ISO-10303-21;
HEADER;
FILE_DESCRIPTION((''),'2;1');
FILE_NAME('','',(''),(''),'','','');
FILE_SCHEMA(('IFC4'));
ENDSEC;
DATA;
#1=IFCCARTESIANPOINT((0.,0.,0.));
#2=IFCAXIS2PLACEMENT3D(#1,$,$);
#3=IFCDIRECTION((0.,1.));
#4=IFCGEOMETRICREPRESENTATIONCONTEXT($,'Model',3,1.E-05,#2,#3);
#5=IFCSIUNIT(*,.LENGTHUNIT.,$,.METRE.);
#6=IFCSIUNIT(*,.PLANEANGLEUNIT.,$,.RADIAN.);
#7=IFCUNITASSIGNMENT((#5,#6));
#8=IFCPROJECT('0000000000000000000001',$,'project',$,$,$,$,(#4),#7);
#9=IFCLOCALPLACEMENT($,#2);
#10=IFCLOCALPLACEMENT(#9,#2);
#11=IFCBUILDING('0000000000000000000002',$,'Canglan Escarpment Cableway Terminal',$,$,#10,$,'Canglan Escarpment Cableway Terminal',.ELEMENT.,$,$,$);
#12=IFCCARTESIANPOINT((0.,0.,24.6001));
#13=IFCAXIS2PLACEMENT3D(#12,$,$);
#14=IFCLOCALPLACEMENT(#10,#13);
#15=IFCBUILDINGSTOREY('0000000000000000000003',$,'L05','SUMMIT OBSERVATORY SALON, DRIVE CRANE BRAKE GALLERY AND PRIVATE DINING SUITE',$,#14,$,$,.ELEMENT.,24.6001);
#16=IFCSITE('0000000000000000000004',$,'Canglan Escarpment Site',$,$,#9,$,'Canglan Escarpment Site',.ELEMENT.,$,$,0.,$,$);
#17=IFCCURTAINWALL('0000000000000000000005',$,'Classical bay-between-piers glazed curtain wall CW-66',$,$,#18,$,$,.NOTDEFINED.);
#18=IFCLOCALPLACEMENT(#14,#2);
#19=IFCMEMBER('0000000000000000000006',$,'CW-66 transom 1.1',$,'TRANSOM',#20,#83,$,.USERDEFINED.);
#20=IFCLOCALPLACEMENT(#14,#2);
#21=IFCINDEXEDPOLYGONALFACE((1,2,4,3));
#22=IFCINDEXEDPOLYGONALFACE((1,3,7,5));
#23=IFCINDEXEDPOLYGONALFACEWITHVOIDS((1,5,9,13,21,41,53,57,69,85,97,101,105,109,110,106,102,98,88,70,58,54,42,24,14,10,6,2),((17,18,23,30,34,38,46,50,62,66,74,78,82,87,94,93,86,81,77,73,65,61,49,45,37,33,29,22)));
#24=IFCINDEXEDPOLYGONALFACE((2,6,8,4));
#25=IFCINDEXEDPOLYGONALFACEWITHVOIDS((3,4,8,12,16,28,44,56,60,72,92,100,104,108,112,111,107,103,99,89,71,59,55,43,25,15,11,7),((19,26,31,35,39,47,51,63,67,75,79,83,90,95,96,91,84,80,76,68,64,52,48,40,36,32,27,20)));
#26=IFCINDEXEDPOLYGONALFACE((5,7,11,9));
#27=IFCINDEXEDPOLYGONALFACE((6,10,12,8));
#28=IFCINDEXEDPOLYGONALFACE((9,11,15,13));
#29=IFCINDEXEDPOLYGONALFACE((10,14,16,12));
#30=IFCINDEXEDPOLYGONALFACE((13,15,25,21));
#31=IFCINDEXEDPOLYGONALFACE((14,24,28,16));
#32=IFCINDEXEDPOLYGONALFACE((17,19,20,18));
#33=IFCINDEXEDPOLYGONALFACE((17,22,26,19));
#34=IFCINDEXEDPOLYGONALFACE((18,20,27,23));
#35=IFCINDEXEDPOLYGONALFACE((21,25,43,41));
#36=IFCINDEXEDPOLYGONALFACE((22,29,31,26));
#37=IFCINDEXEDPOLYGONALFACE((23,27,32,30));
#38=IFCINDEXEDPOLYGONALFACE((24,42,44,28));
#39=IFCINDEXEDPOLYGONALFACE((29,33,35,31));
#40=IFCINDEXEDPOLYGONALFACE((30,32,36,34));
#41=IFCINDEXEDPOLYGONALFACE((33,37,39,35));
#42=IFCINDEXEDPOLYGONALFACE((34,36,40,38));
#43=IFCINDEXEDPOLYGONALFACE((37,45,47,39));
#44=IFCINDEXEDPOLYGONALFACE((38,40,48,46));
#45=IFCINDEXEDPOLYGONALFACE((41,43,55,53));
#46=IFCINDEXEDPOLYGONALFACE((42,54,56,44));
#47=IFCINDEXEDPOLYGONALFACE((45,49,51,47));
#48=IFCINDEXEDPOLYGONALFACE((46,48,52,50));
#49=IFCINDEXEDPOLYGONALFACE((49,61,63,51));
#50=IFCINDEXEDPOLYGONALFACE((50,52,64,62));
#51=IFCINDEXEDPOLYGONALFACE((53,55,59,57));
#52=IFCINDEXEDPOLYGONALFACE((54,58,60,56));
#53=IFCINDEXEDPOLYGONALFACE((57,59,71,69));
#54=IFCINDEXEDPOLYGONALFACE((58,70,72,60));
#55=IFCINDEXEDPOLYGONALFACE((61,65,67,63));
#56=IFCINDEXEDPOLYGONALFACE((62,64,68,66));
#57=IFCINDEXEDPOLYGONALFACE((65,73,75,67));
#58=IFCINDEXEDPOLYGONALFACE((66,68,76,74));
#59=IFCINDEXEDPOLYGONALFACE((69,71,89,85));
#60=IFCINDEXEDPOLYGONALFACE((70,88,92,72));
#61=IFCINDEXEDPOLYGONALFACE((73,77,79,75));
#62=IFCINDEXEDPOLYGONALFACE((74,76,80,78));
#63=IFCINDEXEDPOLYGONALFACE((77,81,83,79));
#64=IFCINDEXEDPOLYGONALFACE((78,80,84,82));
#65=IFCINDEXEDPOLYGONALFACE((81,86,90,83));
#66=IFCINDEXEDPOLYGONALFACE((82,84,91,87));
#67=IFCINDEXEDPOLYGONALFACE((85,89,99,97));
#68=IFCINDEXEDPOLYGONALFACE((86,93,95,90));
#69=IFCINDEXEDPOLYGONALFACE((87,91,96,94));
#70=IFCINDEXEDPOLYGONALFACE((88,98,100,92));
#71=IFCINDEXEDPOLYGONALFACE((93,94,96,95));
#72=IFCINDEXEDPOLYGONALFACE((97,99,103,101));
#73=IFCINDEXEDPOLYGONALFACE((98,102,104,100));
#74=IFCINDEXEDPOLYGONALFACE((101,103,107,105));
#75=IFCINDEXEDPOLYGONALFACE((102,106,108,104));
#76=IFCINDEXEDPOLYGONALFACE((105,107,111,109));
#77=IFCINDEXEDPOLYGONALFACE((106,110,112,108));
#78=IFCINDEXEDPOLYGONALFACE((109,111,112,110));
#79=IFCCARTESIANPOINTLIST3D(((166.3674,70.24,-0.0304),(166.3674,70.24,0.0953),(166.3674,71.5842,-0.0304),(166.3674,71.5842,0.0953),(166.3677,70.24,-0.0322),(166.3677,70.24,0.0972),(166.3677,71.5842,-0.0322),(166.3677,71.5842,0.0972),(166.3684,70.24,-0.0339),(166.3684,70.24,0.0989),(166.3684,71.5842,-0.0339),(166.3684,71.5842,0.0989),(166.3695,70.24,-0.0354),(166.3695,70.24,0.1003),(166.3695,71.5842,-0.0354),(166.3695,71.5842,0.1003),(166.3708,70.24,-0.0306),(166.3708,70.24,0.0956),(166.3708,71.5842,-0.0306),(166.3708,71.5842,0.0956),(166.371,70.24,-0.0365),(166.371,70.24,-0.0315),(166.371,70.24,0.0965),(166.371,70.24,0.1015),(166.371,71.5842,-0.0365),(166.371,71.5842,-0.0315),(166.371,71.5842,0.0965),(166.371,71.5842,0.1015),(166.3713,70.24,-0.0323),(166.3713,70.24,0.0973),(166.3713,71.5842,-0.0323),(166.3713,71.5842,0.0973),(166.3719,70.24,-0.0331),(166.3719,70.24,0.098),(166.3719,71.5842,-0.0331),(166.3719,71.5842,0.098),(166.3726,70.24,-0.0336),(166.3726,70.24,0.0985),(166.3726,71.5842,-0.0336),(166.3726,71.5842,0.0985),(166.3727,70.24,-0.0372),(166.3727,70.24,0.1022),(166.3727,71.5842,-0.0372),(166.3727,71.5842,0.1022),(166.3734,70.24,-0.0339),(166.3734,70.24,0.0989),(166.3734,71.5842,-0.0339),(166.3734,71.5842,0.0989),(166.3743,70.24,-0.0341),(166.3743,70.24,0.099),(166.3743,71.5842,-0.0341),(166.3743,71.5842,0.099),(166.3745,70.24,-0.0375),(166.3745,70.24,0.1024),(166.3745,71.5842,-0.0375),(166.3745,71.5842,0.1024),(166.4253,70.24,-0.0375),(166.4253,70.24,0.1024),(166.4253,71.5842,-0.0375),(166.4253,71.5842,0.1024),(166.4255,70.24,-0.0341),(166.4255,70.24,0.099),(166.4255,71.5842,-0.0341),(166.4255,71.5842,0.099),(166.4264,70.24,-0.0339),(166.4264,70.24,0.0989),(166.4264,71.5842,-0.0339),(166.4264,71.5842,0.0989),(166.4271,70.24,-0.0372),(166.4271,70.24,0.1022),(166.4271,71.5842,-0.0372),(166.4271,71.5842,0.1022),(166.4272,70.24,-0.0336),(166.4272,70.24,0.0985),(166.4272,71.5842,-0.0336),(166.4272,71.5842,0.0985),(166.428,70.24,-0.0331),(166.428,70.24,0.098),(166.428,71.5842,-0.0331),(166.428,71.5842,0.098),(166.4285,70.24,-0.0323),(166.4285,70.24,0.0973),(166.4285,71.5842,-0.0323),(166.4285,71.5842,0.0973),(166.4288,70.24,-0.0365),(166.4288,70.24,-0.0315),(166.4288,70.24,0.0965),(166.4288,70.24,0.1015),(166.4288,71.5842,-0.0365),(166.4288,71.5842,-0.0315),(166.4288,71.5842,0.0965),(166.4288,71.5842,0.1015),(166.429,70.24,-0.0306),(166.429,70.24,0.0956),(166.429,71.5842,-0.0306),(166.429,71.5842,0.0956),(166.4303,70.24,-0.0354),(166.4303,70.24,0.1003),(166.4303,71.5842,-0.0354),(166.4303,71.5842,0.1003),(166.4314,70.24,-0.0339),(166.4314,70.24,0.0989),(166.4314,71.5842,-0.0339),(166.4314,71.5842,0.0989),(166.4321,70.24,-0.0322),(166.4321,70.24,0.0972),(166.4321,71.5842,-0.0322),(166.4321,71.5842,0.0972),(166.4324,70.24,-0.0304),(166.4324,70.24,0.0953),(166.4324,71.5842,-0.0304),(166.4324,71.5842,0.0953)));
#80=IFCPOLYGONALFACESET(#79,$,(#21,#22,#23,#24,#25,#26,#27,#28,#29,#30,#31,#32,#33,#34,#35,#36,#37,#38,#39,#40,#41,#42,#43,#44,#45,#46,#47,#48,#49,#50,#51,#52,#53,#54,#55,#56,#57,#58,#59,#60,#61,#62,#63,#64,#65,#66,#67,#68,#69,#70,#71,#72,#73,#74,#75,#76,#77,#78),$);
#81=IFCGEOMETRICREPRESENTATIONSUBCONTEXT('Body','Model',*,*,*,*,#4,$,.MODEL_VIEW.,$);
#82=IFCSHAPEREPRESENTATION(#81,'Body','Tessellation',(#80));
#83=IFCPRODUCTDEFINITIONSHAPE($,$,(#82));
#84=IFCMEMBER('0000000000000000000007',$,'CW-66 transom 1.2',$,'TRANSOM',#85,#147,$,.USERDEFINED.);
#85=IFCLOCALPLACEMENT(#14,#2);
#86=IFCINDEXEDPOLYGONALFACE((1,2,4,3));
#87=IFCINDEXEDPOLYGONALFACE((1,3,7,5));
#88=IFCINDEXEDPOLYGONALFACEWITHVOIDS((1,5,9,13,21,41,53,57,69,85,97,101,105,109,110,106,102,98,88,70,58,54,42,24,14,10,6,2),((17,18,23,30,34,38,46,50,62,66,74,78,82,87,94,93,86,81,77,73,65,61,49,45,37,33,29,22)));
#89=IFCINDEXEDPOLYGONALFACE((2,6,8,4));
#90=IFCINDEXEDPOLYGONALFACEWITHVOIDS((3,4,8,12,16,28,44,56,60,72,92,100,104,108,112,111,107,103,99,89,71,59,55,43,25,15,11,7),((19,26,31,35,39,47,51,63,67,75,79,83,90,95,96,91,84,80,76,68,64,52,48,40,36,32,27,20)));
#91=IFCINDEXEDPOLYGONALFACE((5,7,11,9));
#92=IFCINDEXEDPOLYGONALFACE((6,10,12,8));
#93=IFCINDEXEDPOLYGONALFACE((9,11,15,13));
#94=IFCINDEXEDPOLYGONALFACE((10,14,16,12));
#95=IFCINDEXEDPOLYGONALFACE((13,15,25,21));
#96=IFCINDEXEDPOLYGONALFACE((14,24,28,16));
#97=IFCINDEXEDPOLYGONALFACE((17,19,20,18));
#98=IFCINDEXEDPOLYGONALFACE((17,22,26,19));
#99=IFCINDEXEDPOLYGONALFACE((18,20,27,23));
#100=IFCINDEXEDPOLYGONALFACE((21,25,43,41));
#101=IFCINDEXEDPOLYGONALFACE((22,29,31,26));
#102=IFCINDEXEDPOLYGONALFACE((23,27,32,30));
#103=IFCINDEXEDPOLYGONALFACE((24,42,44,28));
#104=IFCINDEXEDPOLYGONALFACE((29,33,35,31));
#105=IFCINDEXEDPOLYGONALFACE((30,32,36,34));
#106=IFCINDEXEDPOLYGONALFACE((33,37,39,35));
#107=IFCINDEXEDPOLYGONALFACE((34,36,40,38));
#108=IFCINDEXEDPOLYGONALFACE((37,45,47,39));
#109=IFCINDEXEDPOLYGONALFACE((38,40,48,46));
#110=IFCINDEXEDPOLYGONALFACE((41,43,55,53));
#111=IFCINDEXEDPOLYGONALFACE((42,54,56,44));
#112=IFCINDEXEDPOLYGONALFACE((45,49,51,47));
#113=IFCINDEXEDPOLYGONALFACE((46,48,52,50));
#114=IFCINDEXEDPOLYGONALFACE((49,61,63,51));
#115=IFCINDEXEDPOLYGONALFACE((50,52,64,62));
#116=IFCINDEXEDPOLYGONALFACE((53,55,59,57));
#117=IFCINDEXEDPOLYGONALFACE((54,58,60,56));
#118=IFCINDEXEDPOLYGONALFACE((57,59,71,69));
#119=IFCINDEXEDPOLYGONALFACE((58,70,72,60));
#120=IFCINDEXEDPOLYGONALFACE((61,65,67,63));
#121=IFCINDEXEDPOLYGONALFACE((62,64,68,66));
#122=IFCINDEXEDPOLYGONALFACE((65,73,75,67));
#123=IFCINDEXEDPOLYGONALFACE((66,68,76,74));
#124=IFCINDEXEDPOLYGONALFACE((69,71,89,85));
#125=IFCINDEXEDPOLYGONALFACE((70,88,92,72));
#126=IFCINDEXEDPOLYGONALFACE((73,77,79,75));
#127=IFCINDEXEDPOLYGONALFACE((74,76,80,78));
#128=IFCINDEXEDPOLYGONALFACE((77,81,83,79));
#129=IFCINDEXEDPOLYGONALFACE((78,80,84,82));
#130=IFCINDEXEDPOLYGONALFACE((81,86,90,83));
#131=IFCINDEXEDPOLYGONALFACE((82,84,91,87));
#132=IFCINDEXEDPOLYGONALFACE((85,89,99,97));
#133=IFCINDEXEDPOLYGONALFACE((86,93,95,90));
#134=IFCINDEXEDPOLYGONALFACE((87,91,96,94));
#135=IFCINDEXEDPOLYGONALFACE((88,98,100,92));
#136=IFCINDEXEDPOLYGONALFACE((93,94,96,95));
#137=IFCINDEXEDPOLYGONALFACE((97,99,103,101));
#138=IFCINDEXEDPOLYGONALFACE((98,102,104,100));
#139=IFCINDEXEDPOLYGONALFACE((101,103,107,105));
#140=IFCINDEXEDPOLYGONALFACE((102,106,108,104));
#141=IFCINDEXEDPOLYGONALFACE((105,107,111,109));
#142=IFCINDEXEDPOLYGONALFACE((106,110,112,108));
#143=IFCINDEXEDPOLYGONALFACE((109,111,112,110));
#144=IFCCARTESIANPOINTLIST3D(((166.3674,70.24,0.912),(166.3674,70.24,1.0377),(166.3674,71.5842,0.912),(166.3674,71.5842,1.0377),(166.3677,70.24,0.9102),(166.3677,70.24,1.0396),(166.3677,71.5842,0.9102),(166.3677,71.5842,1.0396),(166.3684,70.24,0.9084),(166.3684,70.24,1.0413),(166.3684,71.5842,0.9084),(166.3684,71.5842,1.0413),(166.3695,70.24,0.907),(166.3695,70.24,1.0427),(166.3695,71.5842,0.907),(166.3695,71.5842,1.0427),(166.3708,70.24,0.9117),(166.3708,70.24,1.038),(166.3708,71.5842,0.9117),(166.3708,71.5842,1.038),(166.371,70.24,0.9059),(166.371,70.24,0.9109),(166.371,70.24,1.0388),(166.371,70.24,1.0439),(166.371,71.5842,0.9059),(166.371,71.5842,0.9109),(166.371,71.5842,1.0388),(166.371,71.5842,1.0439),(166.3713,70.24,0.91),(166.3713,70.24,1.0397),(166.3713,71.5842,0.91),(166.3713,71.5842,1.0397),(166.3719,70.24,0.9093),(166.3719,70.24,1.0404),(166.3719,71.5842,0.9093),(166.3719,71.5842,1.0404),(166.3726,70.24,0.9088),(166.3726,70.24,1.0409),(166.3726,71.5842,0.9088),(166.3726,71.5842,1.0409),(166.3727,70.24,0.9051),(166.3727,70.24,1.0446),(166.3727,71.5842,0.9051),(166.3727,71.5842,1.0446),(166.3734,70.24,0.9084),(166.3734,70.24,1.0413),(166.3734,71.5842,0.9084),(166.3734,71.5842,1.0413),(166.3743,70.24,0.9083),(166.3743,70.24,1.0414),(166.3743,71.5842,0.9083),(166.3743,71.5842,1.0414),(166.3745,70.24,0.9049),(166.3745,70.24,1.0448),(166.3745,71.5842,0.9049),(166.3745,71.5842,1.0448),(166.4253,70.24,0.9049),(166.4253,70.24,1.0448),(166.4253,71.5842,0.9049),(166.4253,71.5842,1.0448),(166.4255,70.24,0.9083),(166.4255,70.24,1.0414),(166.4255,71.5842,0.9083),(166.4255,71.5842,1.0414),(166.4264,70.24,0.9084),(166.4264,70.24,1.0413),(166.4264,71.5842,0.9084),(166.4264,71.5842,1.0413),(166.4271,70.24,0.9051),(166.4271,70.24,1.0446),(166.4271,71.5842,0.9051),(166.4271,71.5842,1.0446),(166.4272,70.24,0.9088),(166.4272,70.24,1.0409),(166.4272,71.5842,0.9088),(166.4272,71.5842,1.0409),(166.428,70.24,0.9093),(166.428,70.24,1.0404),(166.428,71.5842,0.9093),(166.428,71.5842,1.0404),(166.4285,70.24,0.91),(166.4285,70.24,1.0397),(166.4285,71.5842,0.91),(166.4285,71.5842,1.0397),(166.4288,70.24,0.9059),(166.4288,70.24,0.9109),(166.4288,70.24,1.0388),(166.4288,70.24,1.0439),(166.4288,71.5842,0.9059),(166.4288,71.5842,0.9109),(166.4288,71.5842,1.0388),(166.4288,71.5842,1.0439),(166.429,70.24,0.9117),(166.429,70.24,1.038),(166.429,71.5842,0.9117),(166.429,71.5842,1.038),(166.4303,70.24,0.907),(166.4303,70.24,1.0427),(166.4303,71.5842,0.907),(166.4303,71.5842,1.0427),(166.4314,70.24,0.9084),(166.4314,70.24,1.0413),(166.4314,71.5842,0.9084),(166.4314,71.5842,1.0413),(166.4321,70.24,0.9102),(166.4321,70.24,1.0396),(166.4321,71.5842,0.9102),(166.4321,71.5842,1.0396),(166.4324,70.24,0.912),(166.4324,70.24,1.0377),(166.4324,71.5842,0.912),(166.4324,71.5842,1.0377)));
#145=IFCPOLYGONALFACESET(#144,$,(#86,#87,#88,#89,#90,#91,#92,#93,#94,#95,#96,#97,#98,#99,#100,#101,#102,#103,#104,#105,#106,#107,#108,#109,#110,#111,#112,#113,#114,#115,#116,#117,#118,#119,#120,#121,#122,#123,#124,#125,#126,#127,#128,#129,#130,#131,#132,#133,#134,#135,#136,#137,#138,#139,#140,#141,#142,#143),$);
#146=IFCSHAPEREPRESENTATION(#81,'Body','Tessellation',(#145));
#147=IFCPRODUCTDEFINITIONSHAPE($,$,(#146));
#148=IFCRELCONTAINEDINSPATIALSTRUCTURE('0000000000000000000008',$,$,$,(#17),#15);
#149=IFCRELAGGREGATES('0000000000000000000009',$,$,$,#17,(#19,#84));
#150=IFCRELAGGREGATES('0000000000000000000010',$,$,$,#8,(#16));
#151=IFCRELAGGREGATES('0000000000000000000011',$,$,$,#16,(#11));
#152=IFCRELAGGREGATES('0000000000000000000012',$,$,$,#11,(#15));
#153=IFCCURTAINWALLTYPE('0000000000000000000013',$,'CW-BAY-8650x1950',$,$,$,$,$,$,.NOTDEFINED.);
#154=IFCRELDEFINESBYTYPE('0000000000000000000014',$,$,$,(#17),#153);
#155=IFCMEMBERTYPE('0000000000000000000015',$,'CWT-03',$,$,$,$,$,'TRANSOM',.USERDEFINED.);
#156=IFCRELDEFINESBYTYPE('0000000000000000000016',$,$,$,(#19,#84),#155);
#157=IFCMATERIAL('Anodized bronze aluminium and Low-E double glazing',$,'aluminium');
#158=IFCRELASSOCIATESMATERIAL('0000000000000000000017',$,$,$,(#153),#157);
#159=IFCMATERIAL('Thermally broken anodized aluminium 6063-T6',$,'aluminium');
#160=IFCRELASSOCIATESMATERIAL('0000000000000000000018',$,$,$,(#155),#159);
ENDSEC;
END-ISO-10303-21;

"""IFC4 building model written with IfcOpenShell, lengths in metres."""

from ifc_helpers import new_model, si_unit, direction, frame, origin, origin_2d, place, context, subcontext, project, spatial, hollow_rectangle, extrude, material, material_profile, profile_set, type_object, element, aggregate, save


model = new_model("IFC4")

# Units and contexts
model_context = context("Model", 3, precision=1e-05, world=origin(), true_north=direction((0.0, 1.0)))
body_context = subcontext(model_context, "Body", "Model", "MODEL_VIEW")
ifc_project = project(units=[si_unit("LENGTHUNIT", "METRE"), si_unit("PLANEANGLEUNIT", "RADIAN")], contexts=[model_context])

# Site, building, storey
site_placement = place(None, origin())
site = spatial("IfcSite", under=ifc_project, at=site_placement, Name="Canglan Escarpment Site", LongName="Canglan Escarpment Site", CompositionType="ELEMENT", RefElevation=0.0)
building_placement = place(site_placement, origin())
building = spatial("IfcBuilding", under=site, at=building_placement, Name="Canglan Escarpment Cableway Terminal", LongName="Canglan Escarpment Cableway Terminal", CompositionType="ELEMENT")
storey_placement = place(building_placement, frame((0.0, 0.0, 24.6001)))
storey = spatial("IfcBuildingStorey", under=building, at=storey_placement, Name="L05", Description="SUMMIT OBSERVATORY SALON, DRIVE CRANE BRAKE GALLERY AND PRIVATE DINING SUITE", CompositionType="ELEMENT", Elevation=24.6001)

# Curtain wall
ifc_material_1 = material(Name="Anodized bronze aluminium and Low-E double glazing", Category="aluminium")
curtain_wall_type = type_object("IfcCurtainWallType", Name="CW-BAY-8650x1950", PredefinedType="NOTDEFINED", material=ifc_material_1)
ifc_material_2 = material(Name="Thermally broken anodized aluminium 6063-T6", Category="aluminium")
curtain_wall_1_placement = place(storey_placement, origin())
curtain_wall_1 = element("IfcCurtainWall", 1, at=curtain_wall_1_placement, inside=storey, type_object=curtain_wall_type, Name="Classical bay-between-piers glazed curtain wall CW-66", PredefinedType="NOTDEFINED")

# Members
ifc_material_profile_1 = material_profile(ifc_material_2, hollow_rectangle(XDim=0.0649, YDim=0.1399, WallThickness=0.0034, InnerFilletRadius=0.0034, OuterFilletRadius=0.0071, at=origin_2d()), Name="ALU-TRAN 65x140x3.5")
ifc_profile_set_1 = profile_set([ifc_material_profile_1], Name="Thermally broken anodized aluminium 6063-T6")
member_type_1 = type_object("IfcMemberType", Name="CWT-03", ElementType="TRANSOM", PredefinedType="USERDEFINED", material=ifc_profile_set_1)
member_1_placement = place(storey_placement, frame((166.3999, 70.24, 0.0325), z_axis=(0.0, 1.0, 0.0), x_axis=(-1.0, 0.0, 0.0)))
member_1 = element("IfcMember", 2, at=member_1_placement, type_object=member_type_1, Name="CW-66 transom 1.1", ObjectType="TRANSOM", PredefinedType="USERDEFINED", context=body_context, shape_type="SweptSolid", body=[
    extrude(hollow_rectangle(XDim=0.0649, YDim=0.1399, WallThickness=0.0034, InnerFilletRadius=0.0034, OuterFilletRadius=0.0071, at=origin_2d()), origin(), (0.0, 0.0, 1.0), 1.3442),
])
member_2_placement = place(storey_placement, frame((166.3999, 70.24, 0.9749), z_axis=(0.0, 1.0, 0.0), x_axis=(-1.0, 0.0, 0.0)))
member_2 = element("IfcMember", 3, at=member_2_placement, type_object=member_type_1, Name="CW-66 transom 1.2", ObjectType="TRANSOM", PredefinedType="USERDEFINED", context=body_context, shape_type="SweptSolid", body=[
    extrude(hollow_rectangle(XDim=0.0649, YDim=0.1399, WallThickness=0.0034, InnerFilletRadius=0.0034, OuterFilletRadius=0.0071, at=origin_2d()), origin(), (0.0, 0.0, 1.0), 1.3442),
])

aggregate(curtain_wall_1, [member_1, member_2])

save(model, "model.ifc")
